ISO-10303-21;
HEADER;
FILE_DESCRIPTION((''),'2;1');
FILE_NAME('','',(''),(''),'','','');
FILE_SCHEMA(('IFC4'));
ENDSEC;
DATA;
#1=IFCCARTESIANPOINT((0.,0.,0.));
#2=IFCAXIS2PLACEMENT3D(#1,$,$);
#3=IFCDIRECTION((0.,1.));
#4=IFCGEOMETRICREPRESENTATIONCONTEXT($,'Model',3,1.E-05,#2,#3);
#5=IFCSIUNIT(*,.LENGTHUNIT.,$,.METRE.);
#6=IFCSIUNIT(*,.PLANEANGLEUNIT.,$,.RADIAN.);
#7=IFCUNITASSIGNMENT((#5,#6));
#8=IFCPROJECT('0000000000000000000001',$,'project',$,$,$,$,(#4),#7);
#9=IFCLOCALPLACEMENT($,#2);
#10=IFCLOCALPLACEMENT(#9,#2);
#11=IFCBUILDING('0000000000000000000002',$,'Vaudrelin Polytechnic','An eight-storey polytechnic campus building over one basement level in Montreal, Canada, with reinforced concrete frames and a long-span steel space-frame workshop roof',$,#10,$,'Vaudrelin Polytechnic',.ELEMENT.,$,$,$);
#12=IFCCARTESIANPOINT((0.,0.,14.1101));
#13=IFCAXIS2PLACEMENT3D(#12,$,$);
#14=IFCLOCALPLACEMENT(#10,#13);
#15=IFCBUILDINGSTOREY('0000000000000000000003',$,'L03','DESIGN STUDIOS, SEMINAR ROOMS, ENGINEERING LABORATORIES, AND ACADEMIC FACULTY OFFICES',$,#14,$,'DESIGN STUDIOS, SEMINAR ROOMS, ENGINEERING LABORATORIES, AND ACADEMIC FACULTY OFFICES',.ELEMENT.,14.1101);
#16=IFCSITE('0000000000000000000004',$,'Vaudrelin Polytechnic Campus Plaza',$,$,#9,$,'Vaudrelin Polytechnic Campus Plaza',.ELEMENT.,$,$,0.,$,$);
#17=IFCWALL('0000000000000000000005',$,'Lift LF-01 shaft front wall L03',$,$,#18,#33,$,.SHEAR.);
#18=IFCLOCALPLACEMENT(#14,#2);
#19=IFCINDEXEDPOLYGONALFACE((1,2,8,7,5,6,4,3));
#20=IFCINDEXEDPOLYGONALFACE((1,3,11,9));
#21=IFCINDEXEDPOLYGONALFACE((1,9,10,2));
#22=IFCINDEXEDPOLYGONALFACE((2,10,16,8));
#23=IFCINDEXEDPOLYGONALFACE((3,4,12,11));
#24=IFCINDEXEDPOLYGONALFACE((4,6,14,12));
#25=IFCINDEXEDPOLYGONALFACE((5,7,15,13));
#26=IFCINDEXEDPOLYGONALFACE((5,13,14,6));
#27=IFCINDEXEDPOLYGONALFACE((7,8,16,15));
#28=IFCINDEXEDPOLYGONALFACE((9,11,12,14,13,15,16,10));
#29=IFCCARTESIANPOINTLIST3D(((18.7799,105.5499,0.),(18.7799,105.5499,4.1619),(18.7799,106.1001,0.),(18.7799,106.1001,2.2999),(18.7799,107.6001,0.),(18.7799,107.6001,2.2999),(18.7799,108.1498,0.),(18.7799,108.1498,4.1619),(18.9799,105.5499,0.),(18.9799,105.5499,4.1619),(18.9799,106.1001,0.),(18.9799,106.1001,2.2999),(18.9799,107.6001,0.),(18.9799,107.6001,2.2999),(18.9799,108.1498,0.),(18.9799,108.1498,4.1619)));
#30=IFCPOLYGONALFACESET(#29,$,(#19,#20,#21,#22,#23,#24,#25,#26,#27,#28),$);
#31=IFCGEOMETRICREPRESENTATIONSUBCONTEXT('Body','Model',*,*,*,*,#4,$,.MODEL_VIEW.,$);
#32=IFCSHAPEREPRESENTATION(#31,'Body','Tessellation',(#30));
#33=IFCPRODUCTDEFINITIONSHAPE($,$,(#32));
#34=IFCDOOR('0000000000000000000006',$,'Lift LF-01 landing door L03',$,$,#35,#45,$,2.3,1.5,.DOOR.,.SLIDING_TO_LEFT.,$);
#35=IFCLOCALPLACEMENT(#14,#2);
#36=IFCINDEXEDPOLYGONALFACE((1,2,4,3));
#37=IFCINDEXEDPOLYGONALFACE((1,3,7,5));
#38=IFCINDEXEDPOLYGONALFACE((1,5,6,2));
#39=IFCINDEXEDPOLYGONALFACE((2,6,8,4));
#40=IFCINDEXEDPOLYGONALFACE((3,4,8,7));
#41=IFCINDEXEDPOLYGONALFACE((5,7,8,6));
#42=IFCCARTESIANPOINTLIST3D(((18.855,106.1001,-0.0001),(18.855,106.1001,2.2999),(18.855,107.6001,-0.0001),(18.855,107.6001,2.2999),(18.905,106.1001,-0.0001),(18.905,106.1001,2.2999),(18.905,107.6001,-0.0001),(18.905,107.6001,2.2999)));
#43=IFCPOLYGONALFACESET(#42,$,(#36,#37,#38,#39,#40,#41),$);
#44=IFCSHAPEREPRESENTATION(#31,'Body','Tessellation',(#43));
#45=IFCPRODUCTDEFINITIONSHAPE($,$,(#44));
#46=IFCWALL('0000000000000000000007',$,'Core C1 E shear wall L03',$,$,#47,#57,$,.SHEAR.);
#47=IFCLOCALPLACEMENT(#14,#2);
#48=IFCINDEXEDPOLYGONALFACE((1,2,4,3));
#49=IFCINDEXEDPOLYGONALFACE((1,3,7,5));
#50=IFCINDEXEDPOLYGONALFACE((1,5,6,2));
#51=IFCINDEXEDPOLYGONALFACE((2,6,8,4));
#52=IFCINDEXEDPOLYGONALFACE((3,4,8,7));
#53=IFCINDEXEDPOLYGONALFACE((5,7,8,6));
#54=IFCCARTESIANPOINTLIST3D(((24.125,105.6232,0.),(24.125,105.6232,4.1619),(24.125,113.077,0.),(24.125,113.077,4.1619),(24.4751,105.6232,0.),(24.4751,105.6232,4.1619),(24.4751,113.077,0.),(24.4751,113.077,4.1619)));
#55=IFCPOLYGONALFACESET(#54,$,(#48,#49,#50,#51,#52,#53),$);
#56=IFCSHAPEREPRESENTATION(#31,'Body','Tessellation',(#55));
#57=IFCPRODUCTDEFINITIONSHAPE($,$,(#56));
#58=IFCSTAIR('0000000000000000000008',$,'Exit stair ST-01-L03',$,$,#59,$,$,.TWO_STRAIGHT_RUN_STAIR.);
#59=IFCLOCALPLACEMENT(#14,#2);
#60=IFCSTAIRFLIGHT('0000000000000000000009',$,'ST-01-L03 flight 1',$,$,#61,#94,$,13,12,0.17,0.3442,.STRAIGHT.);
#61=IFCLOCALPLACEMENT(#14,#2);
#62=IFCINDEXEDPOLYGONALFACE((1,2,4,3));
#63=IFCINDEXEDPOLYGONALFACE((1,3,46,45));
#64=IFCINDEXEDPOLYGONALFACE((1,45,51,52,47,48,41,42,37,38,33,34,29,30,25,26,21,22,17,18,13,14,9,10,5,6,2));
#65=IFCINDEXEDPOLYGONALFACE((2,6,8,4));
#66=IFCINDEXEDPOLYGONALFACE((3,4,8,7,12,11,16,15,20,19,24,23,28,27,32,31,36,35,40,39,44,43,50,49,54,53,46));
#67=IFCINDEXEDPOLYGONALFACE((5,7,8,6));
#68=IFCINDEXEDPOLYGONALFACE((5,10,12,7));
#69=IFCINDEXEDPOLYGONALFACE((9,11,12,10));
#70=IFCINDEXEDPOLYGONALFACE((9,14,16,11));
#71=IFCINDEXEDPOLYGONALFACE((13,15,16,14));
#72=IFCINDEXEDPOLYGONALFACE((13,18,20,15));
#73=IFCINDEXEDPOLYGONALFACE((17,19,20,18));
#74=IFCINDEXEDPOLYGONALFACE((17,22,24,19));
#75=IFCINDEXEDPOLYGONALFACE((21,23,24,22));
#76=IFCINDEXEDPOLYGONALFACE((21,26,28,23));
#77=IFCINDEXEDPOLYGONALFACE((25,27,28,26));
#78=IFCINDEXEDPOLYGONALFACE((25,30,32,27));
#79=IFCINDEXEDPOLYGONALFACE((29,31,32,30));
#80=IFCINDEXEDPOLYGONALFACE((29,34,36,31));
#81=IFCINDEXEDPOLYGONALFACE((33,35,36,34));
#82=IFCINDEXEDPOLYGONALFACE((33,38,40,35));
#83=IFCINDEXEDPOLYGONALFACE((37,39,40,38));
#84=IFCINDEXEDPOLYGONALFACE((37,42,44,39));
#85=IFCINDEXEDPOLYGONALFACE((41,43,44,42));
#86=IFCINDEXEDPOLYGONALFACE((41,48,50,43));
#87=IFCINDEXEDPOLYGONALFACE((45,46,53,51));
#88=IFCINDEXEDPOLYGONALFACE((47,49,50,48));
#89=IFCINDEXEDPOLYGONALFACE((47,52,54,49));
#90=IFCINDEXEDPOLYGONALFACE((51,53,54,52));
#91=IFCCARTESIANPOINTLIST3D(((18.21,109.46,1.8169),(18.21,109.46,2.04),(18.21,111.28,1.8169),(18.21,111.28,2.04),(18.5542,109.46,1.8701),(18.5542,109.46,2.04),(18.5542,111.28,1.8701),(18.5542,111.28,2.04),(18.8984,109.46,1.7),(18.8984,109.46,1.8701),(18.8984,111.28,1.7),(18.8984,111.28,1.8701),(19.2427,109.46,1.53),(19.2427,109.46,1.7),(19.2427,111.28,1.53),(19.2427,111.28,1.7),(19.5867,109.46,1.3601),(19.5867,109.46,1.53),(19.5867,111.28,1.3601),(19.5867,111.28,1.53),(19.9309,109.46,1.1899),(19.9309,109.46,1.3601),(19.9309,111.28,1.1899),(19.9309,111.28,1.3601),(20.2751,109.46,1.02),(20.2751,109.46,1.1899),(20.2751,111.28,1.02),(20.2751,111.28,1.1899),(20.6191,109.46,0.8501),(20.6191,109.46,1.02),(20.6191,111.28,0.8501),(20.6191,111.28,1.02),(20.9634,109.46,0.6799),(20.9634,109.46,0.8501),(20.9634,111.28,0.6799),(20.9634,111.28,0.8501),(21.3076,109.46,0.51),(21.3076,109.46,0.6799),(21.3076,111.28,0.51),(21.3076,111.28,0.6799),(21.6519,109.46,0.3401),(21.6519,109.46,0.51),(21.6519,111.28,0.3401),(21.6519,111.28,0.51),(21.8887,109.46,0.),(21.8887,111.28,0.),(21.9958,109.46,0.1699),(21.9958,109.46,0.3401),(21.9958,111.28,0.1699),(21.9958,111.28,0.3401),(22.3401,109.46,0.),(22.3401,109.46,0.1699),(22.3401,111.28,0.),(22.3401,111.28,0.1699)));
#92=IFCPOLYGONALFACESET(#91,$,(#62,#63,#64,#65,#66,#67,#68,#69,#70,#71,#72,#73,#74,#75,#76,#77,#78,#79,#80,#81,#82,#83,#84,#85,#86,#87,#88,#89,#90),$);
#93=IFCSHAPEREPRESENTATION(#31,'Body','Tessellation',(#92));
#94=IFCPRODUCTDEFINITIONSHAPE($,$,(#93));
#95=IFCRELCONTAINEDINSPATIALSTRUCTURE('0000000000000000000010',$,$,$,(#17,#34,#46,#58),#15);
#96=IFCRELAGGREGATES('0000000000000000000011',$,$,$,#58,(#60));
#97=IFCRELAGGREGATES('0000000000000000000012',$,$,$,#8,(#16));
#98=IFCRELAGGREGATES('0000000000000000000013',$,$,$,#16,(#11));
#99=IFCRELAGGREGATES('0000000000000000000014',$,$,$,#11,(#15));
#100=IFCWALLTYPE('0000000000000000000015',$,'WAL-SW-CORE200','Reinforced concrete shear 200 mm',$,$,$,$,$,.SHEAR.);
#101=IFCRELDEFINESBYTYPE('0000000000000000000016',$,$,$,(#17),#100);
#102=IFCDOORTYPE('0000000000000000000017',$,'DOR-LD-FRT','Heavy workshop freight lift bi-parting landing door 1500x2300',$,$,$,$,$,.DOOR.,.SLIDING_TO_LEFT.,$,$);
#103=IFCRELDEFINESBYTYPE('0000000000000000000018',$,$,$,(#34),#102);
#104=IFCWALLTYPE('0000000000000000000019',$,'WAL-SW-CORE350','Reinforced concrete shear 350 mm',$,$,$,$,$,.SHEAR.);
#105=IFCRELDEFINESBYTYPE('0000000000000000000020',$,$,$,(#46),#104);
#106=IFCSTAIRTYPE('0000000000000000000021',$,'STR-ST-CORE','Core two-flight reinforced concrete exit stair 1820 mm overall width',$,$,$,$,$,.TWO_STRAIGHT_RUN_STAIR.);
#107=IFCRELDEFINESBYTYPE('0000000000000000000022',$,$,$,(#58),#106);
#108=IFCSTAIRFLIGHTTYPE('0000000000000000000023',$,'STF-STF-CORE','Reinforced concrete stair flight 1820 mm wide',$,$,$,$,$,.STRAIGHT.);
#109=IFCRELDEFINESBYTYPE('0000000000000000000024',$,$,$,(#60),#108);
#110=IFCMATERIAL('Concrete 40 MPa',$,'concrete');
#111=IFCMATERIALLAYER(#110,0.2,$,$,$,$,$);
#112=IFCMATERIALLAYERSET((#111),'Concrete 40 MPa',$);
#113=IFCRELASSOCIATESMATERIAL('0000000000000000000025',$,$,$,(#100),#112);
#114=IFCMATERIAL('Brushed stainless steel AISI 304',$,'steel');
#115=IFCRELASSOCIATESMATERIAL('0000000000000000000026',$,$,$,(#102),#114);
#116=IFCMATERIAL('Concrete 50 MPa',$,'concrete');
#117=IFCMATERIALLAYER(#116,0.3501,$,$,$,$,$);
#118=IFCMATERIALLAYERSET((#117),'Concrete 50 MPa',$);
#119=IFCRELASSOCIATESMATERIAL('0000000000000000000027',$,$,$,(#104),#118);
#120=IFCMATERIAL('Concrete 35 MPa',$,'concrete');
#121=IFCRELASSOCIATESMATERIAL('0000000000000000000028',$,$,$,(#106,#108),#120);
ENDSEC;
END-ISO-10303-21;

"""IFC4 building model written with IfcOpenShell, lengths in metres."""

from ifc_helpers import new_model, si_unit, direction, frame, frame_2d, origin, place, context, subcontext, project, spatial, polyline, rectangle, outline, extrude, material, layer, layer_set, type_object, element, fill, aggregate, save


model = new_model("IFC4")

# Units and contexts
model_context = context("Model", 3, precision=1e-05, world=origin(), true_north=direction((0.0, 1.0)))
body_context = subcontext(model_context, "Body", "Model", "MODEL_VIEW")
ifc_project = project(units=[si_unit("LENGTHUNIT", "METRE"), si_unit("PLANEANGLEUNIT", "RADIAN")], contexts=[model_context])

# Site, building, storey
site_placement = place(None, origin())
site = spatial("IfcSite", under=ifc_project, at=site_placement, Name="Vaudrelin Polytechnic Campus Plaza", LongName="Vaudrelin Polytechnic Campus Plaza", CompositionType="ELEMENT", RefElevation=0.0)
building_placement = place(site_placement, origin())
building = spatial("IfcBuilding", under=site, at=building_placement, Name="Vaudrelin Polytechnic", Description="An eight-storey polytechnic campus building over one basement level in Montreal, Canada, with reinforced concrete frames and a long-span steel space-frame workshop roof", LongName="Vaudrelin Polytechnic", CompositionType="ELEMENT")
storey_placement = place(building_placement, frame((0.0, 0.0, 14.1101)))
storey = spatial("IfcBuildingStorey", under=building, at=storey_placement, Name="L03", Description="DESIGN STUDIOS, SEMINAR ROOMS, ENGINEERING LABORATORIES, AND ACADEMIC FACULTY OFFICES", LongName="DESIGN STUDIOS, SEMINAR ROOMS, ENGINEERING LABORATORIES, AND ACADEMIC FACULTY OFFICES", CompositionType="ELEMENT", Elevation=14.1101)

# Shared definitions
ifc_material_1 = material(Name="Concrete 40 MPa", Category="concrete")

# Wall, opening, door
ifc_layer_1 = layer(ifc_material_1, 0.2)
ifc_layer_set_1 = layer_set([ifc_layer_1], Name="Concrete 40 MPa")
wall_type_1 = type_object("IfcWallType", Name="WAL-SW-CORE200", Description="Reinforced concrete shear 200 mm", PredefinedType="SHEAR", material=ifc_layer_set_1)
wall_1_placement = place(storey_placement, frame((18.8799, 105.55, 0.0), z_axis=(0.0, 0.0, 1.0), x_axis=(0.0, 1.0, 0.0)))
wall_1 = element("IfcWall", 1, at=wall_1_placement, inside=storey, type_object=wall_type_1, Name="Lift LF-01 shaft front wall L03", PredefinedType="SHEAR", context=body_context, shape_type="SweptSolid", body=[
    extrude(rectangle(XDim=2.5999, YDim=0.2, at=frame_2d((1.2998, 0.0))), origin(), (0.0, 0.0, 1.0), 4.1619),
])
opening_1_placement = place(wall_1_placement, frame((0.55, 0.0, 0.0)))
opening_1 = element("IfcOpeningElement", 2, at=opening_1_placement, cuts=wall_1, PredefinedType="OPENING", context=body_context, shape_type="SweptSolid", body=[
    extrude(rectangle(XDim=1.5, YDim=2.3, at=frame_2d((0.75, 1.1499))), frame((0.0, 0.1099, 0.0), z_axis=(0.0, -1.0, 0.0), x_axis=(1.0, 0.0, 0.0)), (0.0, 0.0, 1.0), 0.22),
])
ifc_material_2 = material(Name="Brushed stainless steel AISI 304", Category="steel")
door_type_1 = type_object("IfcDoorType", Name="DOR-LD-FRT", Description="Heavy workshop freight lift bi-parting landing door 1500x2300", OperationType="SLIDING_TO_LEFT", PredefinedType="DOOR", material=ifc_material_2)
door_1_placement = place(opening_1_placement, origin())
door_1 = element("IfcDoor", 3, at=door_1_placement, inside=storey, type_object=door_type_1, Name="Lift LF-01 landing door L03", OperationType="SLIDING_TO_LEFT", OverallHeight=2.3, OverallWidth=1.5, PredefinedType="DOOR", context=body_context, shape_type="SweptSolid", body=[
    extrude(rectangle(XDim=1.5, YDim=2.3, at=frame_2d((0.75, 1.1499))), frame((0.0, 0.0249, 0.0), z_axis=(0.0, -1.0, 0.0), x_axis=(1.0, 0.0, 0.0)), (0.0, 0.0, 1.0), 0.05),
])
fill(opening_1, door_1)

# Wall
ifc_material_3 = material(Name="Concrete 50 MPa", Category="concrete")
ifc_layer_2 = layer(ifc_material_3, 0.3501)
ifc_layer_set_2 = layer_set([ifc_layer_2], Name="Concrete 50 MPa")
wall_type_2 = type_object("IfcWallType", Name="WAL-SW-CORE350", Description="Reinforced concrete shear 350 mm", PredefinedType="SHEAR", material=ifc_layer_set_2)
wall_2_placement = place(storey_placement, frame((24.3, 105.623, 0.0), z_axis=(0.0, 0.0, 1.0), x_axis=(0.0, 1.0, 0.0)))
element("IfcWall", 4, at=wall_2_placement, inside=storey, type_object=wall_type_2, Name="Core C1 E shear wall L03", PredefinedType="SHEAR", context=body_context, shape_type="SweptSolid", body=[
    extrude(rectangle(XDim=7.4539, YDim=0.3501, at=frame_2d((3.7271, 0.0))), origin(), (0.0, 0.0, 1.0), 4.1619),
])

# Stair, stair flight
ifc_material_4 = material(Name="Concrete 35 MPa", Category="concrete")
stair_type = type_object("IfcStairType", Name="STR-ST-CORE", Description="Core two-flight reinforced concrete exit stair 1820 mm overall width", PredefinedType="TWO_STRAIGHT_RUN_STAIR", material=ifc_material_4)
stair_placement = place(storey_placement, origin())
stair = element("IfcStair", 5, at=stair_placement, inside=storey, type_object=stair_type, Name="Exit stair ST-01-L03", PredefinedType="TWO_STRAIGHT_RUN_STAIR")
stair_flight_type = type_object("IfcStairFlightType", Name="STF-STF-CORE", Description="Reinforced concrete stair flight 1820 mm wide", PredefinedType="STRAIGHT", material=ifc_material_4)
stair_flight_placement = place(storey_placement, frame((22.3401, 110.3701, 0.0), z_axis=(0.0, 0.0, 1.0), x_axis=(-1.0, 0.0, 0.0)))
stair_flight = element("IfcStairFlight", 6, at=stair_flight_placement, type_object=stair_flight_type, Name="ST-01-L03 flight 1", NumberOfRisers=13, NumberOfTreads=12, PredefinedType="STRAIGHT", RiserHeight=0.17, TreadLength=0.3442, context=body_context, shape_type="SweptSolid", body=[
    extrude(outline(polyline([(0.0, 0.0), (0.0, 0.1699), (0.3442, 0.1699), (0.3442, 0.3401), (0.6882, 0.3401), (0.6882, 0.51), (1.0325, 0.51), (1.0325, 0.6799), (1.3767, 0.6799), (1.3767, 0.8501), (1.7209, 0.8501), (1.7209, 1.02), (2.0649, 1.02), (2.0649, 1.1899), (2.4092, 1.1899), (2.4092, 1.3601), (2.7534, 1.3601), (2.7534, 1.53), (3.0974, 1.53), (3.0974, 1.7), (3.4417, 1.7), (3.4417, 1.8701), (3.7859, 1.8701), (3.7859, 2.04), (4.1301, 2.04), (4.1301, 2.21), (4.1301, 1.8169), (0.4514, 0.0), (0.0, 0.0)])), frame((0.0, 0.9102, 0.0), z_axis=(0.0, -1.0, 0.0), x_axis=(1.0, 0.0, 0.0)), (0.0, 0.0, 1.0), 1.8201),
])
aggregate(stair, [stair_flight])

save(model, "model.ifc")
